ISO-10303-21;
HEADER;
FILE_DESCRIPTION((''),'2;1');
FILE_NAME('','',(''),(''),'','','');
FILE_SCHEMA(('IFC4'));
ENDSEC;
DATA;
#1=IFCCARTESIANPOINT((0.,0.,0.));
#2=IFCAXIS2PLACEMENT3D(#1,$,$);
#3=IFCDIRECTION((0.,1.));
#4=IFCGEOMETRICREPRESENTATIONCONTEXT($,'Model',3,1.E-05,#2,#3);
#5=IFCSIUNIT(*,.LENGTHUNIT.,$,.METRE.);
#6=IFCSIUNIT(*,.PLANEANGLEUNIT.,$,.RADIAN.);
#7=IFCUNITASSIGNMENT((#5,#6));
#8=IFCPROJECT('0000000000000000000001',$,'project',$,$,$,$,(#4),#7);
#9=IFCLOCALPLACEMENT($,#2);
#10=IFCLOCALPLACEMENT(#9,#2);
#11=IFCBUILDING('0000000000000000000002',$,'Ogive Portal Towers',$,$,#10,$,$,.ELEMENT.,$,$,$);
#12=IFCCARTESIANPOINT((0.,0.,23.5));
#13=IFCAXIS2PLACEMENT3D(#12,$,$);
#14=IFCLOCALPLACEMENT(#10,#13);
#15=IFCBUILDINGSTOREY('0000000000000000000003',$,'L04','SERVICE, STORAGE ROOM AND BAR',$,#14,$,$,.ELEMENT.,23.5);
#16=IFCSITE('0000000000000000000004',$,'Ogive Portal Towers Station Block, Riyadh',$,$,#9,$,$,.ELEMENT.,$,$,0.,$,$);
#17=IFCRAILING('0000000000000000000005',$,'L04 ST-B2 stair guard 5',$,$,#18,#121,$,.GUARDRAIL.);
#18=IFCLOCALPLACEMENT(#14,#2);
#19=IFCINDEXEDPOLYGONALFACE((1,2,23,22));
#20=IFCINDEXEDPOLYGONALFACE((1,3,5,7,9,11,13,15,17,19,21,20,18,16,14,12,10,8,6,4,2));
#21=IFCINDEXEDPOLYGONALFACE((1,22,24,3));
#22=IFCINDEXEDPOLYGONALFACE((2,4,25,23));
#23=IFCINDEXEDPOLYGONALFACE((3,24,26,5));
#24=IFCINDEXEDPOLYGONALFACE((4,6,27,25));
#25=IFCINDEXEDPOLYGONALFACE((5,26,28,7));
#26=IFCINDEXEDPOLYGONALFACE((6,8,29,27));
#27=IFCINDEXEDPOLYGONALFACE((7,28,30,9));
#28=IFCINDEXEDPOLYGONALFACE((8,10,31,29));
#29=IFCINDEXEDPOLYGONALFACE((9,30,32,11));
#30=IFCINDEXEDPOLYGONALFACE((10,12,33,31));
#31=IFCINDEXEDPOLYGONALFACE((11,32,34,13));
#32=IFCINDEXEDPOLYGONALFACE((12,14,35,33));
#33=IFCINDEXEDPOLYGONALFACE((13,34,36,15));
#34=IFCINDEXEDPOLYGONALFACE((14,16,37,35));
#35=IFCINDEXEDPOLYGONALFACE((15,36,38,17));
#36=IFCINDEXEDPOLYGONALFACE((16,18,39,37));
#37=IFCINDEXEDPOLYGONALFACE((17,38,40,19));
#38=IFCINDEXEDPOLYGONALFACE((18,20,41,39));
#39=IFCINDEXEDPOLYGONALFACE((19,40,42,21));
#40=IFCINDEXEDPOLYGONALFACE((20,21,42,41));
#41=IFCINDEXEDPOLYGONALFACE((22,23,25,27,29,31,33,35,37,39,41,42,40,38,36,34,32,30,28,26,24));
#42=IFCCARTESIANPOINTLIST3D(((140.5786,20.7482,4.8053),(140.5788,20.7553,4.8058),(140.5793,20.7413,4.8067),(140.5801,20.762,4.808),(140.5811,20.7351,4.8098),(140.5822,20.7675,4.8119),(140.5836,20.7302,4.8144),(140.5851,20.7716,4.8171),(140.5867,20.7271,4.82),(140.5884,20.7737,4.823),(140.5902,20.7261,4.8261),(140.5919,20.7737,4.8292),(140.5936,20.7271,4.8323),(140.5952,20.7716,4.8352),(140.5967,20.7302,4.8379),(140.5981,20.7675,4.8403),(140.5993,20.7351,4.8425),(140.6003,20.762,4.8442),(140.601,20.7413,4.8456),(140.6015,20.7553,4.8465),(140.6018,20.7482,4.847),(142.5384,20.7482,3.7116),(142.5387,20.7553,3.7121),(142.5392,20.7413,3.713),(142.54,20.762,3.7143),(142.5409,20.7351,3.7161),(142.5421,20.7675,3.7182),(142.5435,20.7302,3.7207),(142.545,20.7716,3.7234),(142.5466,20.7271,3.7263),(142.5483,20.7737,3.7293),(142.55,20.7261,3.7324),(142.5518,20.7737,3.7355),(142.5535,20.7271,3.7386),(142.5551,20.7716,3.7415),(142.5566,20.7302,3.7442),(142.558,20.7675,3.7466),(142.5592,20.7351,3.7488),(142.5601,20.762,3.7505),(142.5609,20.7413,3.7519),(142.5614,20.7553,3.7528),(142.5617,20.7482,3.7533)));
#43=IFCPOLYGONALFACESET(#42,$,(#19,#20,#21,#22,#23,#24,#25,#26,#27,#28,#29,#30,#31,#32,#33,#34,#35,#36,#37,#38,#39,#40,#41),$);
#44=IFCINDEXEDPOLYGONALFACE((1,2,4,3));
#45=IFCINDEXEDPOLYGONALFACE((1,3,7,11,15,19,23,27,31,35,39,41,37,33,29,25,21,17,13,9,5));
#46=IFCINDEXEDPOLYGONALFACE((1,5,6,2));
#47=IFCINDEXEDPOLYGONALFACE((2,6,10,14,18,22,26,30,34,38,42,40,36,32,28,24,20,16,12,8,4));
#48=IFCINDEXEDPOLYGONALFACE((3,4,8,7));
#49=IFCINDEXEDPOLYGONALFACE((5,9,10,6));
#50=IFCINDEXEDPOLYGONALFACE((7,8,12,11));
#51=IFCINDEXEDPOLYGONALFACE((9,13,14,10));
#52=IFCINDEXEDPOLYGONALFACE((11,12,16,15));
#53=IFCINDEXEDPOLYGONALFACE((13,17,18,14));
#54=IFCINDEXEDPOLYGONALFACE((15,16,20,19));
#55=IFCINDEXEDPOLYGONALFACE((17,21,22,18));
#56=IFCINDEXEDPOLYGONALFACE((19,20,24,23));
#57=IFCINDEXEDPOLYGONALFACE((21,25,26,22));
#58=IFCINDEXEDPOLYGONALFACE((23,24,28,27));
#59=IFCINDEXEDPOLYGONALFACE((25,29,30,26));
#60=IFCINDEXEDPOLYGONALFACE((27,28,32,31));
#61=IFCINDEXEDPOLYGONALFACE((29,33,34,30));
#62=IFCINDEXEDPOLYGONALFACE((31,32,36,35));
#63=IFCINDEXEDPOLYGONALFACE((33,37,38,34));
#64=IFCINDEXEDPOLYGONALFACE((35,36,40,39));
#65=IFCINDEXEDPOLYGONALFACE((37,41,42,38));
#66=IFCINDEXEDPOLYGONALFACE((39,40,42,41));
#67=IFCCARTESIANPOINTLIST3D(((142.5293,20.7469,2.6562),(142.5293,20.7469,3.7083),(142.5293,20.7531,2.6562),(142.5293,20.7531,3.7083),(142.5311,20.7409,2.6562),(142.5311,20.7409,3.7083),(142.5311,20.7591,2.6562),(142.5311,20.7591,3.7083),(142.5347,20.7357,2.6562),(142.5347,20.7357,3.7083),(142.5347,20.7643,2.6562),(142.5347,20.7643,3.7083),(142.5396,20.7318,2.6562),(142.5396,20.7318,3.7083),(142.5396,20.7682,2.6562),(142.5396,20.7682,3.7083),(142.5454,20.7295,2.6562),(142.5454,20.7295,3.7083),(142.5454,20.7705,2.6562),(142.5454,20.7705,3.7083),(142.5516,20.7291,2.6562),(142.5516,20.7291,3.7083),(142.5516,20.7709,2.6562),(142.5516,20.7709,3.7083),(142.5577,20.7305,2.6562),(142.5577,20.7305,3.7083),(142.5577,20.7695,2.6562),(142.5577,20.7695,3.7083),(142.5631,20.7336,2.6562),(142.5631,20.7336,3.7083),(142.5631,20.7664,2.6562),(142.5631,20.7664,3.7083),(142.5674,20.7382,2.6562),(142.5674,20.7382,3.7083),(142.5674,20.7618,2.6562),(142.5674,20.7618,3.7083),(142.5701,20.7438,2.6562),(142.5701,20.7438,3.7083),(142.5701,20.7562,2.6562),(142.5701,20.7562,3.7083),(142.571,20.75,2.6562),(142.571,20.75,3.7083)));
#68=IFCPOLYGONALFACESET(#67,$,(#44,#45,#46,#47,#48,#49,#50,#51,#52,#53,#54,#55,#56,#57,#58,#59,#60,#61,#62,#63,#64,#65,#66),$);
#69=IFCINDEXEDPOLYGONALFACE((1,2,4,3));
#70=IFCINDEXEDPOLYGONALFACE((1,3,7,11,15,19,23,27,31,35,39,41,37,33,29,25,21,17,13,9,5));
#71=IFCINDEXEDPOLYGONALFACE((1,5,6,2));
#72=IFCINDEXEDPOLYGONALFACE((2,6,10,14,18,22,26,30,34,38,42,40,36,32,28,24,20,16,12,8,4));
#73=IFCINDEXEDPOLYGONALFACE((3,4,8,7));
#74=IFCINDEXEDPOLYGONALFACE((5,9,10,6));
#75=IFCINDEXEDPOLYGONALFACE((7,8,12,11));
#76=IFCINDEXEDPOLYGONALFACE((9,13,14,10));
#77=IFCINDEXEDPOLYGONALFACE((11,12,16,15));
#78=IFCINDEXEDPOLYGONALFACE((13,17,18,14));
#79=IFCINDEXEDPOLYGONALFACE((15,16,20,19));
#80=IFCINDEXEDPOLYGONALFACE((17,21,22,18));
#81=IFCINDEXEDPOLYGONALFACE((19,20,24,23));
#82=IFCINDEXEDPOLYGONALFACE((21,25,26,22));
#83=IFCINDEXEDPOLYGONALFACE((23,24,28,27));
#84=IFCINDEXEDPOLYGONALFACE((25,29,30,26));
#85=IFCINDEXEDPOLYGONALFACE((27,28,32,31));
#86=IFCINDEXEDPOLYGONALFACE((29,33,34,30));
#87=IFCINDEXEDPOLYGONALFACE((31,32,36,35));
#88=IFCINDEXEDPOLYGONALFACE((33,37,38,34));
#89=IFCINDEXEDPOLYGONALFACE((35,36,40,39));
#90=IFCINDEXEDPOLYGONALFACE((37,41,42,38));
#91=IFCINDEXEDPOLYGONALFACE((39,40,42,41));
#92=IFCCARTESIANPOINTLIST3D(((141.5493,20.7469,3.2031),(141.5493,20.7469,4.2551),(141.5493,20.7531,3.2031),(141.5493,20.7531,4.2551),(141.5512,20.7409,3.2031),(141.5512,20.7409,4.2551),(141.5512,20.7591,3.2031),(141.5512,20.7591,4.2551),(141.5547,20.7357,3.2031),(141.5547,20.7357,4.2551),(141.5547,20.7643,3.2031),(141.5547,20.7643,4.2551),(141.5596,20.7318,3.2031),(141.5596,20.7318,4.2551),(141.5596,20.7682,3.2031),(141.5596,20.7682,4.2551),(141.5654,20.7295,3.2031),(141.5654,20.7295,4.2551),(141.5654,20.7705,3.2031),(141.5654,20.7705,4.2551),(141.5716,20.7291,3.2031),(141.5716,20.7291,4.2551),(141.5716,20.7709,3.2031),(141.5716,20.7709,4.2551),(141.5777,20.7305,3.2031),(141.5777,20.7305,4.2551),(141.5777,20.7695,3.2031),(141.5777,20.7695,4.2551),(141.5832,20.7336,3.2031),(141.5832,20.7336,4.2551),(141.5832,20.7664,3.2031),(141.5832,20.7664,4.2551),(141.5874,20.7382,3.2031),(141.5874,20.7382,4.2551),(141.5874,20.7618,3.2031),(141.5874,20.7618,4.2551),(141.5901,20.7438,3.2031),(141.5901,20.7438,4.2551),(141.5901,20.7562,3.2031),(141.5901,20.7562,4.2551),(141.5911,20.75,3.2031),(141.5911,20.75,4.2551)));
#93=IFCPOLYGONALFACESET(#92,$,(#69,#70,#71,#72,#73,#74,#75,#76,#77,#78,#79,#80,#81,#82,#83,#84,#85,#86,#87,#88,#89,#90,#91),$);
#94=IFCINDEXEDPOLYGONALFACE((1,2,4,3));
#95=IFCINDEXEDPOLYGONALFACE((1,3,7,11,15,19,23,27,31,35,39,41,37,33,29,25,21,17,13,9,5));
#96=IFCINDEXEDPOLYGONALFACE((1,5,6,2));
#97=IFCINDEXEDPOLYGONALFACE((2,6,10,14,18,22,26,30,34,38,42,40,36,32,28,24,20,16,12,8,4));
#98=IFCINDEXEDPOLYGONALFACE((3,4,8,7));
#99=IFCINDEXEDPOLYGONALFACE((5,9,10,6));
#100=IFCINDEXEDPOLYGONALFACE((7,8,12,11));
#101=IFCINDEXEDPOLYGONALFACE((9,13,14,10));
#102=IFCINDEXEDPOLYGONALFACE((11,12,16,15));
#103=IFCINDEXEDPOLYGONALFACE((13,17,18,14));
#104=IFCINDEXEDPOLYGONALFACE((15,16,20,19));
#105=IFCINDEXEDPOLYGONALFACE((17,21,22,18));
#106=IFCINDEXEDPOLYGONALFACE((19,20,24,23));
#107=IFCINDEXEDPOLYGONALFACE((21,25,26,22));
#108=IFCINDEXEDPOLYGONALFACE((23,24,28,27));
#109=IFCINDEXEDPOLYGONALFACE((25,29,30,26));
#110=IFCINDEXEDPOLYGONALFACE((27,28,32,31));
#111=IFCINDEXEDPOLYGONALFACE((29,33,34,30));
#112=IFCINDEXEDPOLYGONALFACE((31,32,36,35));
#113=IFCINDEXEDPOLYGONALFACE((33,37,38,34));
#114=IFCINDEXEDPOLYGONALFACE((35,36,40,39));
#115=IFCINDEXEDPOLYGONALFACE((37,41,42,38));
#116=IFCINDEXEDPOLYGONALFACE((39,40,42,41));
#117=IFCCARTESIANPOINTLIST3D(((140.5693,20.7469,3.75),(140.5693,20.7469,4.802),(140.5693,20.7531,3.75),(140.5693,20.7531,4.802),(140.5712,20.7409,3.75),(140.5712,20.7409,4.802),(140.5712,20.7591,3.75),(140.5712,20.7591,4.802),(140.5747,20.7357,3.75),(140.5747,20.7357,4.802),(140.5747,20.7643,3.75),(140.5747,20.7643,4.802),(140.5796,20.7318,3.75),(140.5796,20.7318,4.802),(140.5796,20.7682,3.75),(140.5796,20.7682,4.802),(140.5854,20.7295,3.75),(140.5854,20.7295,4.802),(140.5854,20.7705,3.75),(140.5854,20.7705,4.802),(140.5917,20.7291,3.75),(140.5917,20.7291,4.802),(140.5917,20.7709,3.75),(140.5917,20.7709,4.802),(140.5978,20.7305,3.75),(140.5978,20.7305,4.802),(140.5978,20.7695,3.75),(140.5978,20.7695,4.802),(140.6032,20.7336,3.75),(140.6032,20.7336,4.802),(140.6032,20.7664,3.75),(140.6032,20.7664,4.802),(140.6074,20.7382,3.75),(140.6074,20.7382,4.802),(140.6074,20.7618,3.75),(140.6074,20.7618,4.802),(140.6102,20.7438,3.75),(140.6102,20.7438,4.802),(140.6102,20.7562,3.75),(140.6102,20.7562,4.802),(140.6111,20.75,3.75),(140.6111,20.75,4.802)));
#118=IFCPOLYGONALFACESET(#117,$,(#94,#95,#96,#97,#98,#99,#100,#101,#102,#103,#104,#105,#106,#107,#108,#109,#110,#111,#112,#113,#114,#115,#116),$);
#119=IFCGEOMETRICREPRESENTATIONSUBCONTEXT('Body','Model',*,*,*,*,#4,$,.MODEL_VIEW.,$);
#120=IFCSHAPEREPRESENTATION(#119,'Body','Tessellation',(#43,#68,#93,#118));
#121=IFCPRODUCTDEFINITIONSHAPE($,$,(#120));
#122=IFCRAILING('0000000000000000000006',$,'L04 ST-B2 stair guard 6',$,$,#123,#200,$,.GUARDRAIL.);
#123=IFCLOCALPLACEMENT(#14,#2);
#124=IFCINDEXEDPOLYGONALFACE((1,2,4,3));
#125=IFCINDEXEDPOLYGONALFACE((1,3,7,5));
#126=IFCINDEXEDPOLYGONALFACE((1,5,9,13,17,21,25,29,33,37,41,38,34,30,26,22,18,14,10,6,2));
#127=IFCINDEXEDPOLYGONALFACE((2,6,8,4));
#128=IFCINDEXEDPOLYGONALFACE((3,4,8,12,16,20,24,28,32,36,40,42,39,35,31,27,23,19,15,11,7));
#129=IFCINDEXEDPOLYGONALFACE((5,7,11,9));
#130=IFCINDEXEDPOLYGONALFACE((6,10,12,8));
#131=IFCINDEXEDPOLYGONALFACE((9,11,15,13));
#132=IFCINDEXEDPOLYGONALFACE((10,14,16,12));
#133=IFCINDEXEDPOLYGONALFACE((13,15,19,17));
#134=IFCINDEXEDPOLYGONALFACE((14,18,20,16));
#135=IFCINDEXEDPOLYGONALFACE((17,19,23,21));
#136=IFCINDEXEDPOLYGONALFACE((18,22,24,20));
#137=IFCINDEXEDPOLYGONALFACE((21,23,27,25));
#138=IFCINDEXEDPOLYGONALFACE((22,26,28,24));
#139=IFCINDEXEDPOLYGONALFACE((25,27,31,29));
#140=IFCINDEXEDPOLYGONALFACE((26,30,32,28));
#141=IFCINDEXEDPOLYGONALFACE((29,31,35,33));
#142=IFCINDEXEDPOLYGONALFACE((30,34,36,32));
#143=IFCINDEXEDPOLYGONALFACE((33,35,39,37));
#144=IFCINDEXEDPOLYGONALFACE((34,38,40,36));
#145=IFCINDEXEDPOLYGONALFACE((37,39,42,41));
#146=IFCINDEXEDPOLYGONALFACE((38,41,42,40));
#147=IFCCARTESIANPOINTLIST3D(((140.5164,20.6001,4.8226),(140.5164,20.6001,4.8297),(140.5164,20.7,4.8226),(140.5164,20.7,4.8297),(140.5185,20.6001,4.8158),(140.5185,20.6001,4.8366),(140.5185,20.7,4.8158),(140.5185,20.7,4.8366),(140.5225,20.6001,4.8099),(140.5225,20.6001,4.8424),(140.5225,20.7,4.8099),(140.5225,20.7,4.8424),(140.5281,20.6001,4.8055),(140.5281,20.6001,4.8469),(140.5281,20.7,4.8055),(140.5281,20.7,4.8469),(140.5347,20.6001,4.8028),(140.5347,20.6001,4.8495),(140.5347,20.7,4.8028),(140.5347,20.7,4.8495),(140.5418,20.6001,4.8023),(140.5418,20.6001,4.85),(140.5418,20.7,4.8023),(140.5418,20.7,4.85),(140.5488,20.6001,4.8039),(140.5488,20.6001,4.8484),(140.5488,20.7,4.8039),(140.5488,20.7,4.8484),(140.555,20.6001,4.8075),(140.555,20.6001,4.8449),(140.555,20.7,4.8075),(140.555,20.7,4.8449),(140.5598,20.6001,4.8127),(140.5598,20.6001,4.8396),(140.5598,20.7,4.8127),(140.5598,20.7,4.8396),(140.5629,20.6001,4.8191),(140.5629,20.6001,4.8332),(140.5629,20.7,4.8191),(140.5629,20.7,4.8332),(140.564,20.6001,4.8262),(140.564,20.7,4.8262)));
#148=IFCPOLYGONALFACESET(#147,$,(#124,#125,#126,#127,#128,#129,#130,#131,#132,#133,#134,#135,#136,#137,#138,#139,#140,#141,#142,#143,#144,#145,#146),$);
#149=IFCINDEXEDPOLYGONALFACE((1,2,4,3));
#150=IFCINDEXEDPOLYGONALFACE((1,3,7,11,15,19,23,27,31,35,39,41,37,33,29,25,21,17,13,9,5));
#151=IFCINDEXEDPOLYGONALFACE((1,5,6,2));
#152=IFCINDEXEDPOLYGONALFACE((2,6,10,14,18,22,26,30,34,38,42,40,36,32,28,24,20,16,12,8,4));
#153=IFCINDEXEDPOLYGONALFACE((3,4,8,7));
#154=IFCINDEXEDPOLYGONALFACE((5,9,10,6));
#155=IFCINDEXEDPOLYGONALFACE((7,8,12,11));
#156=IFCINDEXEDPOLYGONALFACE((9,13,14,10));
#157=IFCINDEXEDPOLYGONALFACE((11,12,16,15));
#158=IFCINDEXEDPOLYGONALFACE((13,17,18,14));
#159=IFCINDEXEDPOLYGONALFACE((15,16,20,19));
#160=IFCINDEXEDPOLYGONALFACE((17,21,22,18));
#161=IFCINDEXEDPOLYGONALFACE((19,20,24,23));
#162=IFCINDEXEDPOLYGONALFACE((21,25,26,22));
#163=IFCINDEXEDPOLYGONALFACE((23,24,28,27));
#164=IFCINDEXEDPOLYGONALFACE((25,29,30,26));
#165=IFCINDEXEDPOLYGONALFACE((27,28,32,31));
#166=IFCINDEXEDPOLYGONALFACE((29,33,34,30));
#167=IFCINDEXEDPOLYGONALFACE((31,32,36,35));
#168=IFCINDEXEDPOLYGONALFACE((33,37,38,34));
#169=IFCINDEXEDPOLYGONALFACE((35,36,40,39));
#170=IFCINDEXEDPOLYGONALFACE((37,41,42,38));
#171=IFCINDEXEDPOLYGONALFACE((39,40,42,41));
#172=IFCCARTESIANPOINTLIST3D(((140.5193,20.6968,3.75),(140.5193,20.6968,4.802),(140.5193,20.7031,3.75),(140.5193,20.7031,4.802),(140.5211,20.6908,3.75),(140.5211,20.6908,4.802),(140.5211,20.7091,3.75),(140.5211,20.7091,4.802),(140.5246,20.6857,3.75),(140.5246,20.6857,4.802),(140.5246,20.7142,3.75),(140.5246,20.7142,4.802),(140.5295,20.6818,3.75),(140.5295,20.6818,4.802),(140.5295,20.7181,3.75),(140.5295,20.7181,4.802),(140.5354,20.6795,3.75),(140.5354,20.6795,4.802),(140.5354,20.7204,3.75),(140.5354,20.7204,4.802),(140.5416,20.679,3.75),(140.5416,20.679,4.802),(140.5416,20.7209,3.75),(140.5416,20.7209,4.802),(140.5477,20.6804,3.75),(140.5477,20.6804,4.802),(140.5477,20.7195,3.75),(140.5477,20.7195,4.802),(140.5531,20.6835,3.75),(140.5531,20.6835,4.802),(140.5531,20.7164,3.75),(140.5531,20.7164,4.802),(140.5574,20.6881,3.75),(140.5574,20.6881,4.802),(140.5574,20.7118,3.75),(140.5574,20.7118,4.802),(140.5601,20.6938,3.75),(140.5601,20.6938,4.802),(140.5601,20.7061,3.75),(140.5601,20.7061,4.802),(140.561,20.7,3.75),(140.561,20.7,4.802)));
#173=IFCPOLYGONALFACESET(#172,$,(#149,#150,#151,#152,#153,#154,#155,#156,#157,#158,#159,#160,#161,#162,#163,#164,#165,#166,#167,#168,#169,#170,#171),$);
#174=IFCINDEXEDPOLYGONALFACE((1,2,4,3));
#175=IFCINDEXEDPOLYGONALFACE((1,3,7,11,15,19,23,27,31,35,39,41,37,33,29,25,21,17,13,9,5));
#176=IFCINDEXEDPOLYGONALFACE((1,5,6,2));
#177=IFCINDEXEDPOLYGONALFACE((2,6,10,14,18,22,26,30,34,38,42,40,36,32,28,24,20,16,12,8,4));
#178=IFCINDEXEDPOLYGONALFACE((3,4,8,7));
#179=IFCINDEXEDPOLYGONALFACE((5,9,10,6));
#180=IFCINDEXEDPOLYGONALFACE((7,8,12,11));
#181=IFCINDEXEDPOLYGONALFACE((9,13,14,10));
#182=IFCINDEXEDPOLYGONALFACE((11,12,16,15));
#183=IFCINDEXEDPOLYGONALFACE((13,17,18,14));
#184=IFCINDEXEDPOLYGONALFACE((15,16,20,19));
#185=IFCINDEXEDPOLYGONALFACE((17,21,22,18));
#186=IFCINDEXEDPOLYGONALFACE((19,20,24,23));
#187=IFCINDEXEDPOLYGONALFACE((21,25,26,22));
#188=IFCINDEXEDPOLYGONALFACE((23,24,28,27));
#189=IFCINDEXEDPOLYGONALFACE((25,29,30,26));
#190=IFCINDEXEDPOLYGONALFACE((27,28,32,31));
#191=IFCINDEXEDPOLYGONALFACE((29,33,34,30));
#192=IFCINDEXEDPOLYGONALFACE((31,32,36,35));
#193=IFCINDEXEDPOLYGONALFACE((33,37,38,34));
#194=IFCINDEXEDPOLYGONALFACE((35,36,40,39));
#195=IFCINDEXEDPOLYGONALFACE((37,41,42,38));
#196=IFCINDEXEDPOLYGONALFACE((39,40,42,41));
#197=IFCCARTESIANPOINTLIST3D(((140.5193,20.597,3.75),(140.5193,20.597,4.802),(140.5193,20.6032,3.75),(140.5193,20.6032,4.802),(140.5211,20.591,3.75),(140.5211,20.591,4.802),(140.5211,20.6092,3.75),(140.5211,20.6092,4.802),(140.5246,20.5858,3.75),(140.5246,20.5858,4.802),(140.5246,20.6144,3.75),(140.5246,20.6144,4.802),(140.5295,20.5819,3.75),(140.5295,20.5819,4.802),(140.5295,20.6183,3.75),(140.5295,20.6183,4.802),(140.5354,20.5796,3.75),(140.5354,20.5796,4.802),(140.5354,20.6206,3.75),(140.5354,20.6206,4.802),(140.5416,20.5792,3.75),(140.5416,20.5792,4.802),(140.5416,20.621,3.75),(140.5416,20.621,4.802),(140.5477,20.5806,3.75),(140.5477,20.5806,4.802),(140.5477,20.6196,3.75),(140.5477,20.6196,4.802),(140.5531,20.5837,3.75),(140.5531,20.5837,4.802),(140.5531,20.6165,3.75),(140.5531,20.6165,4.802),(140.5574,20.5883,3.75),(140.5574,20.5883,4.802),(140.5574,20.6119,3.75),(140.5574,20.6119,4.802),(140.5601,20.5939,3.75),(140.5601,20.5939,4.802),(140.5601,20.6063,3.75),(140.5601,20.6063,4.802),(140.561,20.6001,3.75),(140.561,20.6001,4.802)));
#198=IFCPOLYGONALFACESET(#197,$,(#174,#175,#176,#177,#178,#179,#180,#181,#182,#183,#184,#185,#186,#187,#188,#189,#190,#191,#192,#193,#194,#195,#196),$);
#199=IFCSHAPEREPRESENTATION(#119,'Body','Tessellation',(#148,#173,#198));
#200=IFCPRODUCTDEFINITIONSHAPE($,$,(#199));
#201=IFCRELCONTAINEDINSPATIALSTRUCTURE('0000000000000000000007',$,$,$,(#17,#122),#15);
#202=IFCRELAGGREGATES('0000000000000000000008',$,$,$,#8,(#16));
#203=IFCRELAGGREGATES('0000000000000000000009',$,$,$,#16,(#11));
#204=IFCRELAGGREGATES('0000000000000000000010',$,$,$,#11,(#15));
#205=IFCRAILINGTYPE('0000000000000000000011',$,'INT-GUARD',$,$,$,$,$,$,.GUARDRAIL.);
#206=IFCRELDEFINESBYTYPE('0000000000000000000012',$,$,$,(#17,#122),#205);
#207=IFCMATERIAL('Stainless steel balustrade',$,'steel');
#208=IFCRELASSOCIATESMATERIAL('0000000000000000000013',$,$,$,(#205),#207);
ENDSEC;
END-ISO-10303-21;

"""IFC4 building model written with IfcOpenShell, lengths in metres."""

from ifc_helpers import new_model, si_unit, direction, frame, origin, origin_2d, place, context, subcontext, project, spatial, circle, extrude, material, type_object, element, save


model = new_model("IFC4")

# Units and contexts
model_context = context("Model", 3, precision=1e-05, world=origin(), true_north=direction((0.0, 1.0)))
body_context = subcontext(model_context, "Body", "Model", "MODEL_VIEW")
ifc_project = project(units=[si_unit("LENGTHUNIT", "METRE"), si_unit("PLANEANGLEUNIT", "RADIAN")], contexts=[model_context])

# Site, building, storey
site_placement = place(None, origin())
site = spatial("IfcSite", under=ifc_project, at=site_placement, Name="Ogive Portal Towers Station Block, Riyadh", CompositionType="ELEMENT", RefElevation=0.0)
building_placement = place(site_placement, origin())
building = spatial("IfcBuilding", under=site, at=building_placement, Name="Ogive Portal Towers", CompositionType="ELEMENT")
storey_placement = place(building_placement, frame((0.0, 0.0, 23.5)))
storey = spatial("IfcBuildingStorey", under=building, at=storey_placement, Name="L04", Description="SERVICE, STORAGE ROOM AND BAR", CompositionType="ELEMENT", Elevation=23.5)

# Railings
ifc_material_1 = material(Name="Stainless steel balustrade", Category="steel")
railing_type_1 = type_object("IfcRailingType", Name="INT-GUARD", PredefinedType="GUARDRAIL", material=ifc_material_1)
railing_1_placement = place(storey_placement, frame((142.55, 20.75, 2.6562)))
element("IfcRailing", 1, at=railing_1_placement, inside=storey, type_object=railing_type_1, Name="L04 ST-B2 stair guard 5", PredefinedType="GUARDRAIL", context=body_context, shape_type="SweptSolid", body=[
    extrude(circle(Radius=0.0239, at=origin_2d()), frame((0.0, 0.0, 1.0762), z_axis=(-0.873232, 0.0, 0.487304), x_axis=(0.0, -1.0, 0.0)), (0.0, 0.0, 1.0), 2.2444),
    extrude(circle(Radius=0.021, at=origin_2d()), origin(), (0.0, 0.0, 1.0), 1.052),
    extrude(circle(Radius=0.021, at=origin_2d()), frame((-0.98, 0.0, 0.5469)), (0.0, 0.0, 1.0), 1.052),
    extrude(circle(Radius=0.021, at=origin_2d()), frame((-1.96, 0.0, 1.0938)), (0.0, 0.0, 1.0), 1.052),
])
railing_2_placement = place(storey_placement, frame((140.54, 20.7, 3.75)))
element("IfcRailing", 2, at=railing_2_placement, inside=storey, type_object=railing_type_1, Name="L04 ST-B2 stair guard 6", PredefinedType="GUARDRAIL", context=body_context, shape_type="SweptSolid", body=[
    extrude(circle(Radius=0.0239, at=origin_2d()), frame((0.0, 0.0, 1.0762), z_axis=(0.0, -1.0, 0.0), x_axis=(1.0, 0.0, 0.0)), (0.0, 0.0, 1.0), 0.0999),
    extrude(circle(Radius=0.021, at=origin_2d()), origin(), (0.0, 0.0, 1.0), 1.052),
    extrude(circle(Radius=0.021, at=origin_2d()), frame((0.0, -0.0999, 0.0)), (0.0, 0.0, 1.0), 1.052),
])

save(model, "model.ifc")
